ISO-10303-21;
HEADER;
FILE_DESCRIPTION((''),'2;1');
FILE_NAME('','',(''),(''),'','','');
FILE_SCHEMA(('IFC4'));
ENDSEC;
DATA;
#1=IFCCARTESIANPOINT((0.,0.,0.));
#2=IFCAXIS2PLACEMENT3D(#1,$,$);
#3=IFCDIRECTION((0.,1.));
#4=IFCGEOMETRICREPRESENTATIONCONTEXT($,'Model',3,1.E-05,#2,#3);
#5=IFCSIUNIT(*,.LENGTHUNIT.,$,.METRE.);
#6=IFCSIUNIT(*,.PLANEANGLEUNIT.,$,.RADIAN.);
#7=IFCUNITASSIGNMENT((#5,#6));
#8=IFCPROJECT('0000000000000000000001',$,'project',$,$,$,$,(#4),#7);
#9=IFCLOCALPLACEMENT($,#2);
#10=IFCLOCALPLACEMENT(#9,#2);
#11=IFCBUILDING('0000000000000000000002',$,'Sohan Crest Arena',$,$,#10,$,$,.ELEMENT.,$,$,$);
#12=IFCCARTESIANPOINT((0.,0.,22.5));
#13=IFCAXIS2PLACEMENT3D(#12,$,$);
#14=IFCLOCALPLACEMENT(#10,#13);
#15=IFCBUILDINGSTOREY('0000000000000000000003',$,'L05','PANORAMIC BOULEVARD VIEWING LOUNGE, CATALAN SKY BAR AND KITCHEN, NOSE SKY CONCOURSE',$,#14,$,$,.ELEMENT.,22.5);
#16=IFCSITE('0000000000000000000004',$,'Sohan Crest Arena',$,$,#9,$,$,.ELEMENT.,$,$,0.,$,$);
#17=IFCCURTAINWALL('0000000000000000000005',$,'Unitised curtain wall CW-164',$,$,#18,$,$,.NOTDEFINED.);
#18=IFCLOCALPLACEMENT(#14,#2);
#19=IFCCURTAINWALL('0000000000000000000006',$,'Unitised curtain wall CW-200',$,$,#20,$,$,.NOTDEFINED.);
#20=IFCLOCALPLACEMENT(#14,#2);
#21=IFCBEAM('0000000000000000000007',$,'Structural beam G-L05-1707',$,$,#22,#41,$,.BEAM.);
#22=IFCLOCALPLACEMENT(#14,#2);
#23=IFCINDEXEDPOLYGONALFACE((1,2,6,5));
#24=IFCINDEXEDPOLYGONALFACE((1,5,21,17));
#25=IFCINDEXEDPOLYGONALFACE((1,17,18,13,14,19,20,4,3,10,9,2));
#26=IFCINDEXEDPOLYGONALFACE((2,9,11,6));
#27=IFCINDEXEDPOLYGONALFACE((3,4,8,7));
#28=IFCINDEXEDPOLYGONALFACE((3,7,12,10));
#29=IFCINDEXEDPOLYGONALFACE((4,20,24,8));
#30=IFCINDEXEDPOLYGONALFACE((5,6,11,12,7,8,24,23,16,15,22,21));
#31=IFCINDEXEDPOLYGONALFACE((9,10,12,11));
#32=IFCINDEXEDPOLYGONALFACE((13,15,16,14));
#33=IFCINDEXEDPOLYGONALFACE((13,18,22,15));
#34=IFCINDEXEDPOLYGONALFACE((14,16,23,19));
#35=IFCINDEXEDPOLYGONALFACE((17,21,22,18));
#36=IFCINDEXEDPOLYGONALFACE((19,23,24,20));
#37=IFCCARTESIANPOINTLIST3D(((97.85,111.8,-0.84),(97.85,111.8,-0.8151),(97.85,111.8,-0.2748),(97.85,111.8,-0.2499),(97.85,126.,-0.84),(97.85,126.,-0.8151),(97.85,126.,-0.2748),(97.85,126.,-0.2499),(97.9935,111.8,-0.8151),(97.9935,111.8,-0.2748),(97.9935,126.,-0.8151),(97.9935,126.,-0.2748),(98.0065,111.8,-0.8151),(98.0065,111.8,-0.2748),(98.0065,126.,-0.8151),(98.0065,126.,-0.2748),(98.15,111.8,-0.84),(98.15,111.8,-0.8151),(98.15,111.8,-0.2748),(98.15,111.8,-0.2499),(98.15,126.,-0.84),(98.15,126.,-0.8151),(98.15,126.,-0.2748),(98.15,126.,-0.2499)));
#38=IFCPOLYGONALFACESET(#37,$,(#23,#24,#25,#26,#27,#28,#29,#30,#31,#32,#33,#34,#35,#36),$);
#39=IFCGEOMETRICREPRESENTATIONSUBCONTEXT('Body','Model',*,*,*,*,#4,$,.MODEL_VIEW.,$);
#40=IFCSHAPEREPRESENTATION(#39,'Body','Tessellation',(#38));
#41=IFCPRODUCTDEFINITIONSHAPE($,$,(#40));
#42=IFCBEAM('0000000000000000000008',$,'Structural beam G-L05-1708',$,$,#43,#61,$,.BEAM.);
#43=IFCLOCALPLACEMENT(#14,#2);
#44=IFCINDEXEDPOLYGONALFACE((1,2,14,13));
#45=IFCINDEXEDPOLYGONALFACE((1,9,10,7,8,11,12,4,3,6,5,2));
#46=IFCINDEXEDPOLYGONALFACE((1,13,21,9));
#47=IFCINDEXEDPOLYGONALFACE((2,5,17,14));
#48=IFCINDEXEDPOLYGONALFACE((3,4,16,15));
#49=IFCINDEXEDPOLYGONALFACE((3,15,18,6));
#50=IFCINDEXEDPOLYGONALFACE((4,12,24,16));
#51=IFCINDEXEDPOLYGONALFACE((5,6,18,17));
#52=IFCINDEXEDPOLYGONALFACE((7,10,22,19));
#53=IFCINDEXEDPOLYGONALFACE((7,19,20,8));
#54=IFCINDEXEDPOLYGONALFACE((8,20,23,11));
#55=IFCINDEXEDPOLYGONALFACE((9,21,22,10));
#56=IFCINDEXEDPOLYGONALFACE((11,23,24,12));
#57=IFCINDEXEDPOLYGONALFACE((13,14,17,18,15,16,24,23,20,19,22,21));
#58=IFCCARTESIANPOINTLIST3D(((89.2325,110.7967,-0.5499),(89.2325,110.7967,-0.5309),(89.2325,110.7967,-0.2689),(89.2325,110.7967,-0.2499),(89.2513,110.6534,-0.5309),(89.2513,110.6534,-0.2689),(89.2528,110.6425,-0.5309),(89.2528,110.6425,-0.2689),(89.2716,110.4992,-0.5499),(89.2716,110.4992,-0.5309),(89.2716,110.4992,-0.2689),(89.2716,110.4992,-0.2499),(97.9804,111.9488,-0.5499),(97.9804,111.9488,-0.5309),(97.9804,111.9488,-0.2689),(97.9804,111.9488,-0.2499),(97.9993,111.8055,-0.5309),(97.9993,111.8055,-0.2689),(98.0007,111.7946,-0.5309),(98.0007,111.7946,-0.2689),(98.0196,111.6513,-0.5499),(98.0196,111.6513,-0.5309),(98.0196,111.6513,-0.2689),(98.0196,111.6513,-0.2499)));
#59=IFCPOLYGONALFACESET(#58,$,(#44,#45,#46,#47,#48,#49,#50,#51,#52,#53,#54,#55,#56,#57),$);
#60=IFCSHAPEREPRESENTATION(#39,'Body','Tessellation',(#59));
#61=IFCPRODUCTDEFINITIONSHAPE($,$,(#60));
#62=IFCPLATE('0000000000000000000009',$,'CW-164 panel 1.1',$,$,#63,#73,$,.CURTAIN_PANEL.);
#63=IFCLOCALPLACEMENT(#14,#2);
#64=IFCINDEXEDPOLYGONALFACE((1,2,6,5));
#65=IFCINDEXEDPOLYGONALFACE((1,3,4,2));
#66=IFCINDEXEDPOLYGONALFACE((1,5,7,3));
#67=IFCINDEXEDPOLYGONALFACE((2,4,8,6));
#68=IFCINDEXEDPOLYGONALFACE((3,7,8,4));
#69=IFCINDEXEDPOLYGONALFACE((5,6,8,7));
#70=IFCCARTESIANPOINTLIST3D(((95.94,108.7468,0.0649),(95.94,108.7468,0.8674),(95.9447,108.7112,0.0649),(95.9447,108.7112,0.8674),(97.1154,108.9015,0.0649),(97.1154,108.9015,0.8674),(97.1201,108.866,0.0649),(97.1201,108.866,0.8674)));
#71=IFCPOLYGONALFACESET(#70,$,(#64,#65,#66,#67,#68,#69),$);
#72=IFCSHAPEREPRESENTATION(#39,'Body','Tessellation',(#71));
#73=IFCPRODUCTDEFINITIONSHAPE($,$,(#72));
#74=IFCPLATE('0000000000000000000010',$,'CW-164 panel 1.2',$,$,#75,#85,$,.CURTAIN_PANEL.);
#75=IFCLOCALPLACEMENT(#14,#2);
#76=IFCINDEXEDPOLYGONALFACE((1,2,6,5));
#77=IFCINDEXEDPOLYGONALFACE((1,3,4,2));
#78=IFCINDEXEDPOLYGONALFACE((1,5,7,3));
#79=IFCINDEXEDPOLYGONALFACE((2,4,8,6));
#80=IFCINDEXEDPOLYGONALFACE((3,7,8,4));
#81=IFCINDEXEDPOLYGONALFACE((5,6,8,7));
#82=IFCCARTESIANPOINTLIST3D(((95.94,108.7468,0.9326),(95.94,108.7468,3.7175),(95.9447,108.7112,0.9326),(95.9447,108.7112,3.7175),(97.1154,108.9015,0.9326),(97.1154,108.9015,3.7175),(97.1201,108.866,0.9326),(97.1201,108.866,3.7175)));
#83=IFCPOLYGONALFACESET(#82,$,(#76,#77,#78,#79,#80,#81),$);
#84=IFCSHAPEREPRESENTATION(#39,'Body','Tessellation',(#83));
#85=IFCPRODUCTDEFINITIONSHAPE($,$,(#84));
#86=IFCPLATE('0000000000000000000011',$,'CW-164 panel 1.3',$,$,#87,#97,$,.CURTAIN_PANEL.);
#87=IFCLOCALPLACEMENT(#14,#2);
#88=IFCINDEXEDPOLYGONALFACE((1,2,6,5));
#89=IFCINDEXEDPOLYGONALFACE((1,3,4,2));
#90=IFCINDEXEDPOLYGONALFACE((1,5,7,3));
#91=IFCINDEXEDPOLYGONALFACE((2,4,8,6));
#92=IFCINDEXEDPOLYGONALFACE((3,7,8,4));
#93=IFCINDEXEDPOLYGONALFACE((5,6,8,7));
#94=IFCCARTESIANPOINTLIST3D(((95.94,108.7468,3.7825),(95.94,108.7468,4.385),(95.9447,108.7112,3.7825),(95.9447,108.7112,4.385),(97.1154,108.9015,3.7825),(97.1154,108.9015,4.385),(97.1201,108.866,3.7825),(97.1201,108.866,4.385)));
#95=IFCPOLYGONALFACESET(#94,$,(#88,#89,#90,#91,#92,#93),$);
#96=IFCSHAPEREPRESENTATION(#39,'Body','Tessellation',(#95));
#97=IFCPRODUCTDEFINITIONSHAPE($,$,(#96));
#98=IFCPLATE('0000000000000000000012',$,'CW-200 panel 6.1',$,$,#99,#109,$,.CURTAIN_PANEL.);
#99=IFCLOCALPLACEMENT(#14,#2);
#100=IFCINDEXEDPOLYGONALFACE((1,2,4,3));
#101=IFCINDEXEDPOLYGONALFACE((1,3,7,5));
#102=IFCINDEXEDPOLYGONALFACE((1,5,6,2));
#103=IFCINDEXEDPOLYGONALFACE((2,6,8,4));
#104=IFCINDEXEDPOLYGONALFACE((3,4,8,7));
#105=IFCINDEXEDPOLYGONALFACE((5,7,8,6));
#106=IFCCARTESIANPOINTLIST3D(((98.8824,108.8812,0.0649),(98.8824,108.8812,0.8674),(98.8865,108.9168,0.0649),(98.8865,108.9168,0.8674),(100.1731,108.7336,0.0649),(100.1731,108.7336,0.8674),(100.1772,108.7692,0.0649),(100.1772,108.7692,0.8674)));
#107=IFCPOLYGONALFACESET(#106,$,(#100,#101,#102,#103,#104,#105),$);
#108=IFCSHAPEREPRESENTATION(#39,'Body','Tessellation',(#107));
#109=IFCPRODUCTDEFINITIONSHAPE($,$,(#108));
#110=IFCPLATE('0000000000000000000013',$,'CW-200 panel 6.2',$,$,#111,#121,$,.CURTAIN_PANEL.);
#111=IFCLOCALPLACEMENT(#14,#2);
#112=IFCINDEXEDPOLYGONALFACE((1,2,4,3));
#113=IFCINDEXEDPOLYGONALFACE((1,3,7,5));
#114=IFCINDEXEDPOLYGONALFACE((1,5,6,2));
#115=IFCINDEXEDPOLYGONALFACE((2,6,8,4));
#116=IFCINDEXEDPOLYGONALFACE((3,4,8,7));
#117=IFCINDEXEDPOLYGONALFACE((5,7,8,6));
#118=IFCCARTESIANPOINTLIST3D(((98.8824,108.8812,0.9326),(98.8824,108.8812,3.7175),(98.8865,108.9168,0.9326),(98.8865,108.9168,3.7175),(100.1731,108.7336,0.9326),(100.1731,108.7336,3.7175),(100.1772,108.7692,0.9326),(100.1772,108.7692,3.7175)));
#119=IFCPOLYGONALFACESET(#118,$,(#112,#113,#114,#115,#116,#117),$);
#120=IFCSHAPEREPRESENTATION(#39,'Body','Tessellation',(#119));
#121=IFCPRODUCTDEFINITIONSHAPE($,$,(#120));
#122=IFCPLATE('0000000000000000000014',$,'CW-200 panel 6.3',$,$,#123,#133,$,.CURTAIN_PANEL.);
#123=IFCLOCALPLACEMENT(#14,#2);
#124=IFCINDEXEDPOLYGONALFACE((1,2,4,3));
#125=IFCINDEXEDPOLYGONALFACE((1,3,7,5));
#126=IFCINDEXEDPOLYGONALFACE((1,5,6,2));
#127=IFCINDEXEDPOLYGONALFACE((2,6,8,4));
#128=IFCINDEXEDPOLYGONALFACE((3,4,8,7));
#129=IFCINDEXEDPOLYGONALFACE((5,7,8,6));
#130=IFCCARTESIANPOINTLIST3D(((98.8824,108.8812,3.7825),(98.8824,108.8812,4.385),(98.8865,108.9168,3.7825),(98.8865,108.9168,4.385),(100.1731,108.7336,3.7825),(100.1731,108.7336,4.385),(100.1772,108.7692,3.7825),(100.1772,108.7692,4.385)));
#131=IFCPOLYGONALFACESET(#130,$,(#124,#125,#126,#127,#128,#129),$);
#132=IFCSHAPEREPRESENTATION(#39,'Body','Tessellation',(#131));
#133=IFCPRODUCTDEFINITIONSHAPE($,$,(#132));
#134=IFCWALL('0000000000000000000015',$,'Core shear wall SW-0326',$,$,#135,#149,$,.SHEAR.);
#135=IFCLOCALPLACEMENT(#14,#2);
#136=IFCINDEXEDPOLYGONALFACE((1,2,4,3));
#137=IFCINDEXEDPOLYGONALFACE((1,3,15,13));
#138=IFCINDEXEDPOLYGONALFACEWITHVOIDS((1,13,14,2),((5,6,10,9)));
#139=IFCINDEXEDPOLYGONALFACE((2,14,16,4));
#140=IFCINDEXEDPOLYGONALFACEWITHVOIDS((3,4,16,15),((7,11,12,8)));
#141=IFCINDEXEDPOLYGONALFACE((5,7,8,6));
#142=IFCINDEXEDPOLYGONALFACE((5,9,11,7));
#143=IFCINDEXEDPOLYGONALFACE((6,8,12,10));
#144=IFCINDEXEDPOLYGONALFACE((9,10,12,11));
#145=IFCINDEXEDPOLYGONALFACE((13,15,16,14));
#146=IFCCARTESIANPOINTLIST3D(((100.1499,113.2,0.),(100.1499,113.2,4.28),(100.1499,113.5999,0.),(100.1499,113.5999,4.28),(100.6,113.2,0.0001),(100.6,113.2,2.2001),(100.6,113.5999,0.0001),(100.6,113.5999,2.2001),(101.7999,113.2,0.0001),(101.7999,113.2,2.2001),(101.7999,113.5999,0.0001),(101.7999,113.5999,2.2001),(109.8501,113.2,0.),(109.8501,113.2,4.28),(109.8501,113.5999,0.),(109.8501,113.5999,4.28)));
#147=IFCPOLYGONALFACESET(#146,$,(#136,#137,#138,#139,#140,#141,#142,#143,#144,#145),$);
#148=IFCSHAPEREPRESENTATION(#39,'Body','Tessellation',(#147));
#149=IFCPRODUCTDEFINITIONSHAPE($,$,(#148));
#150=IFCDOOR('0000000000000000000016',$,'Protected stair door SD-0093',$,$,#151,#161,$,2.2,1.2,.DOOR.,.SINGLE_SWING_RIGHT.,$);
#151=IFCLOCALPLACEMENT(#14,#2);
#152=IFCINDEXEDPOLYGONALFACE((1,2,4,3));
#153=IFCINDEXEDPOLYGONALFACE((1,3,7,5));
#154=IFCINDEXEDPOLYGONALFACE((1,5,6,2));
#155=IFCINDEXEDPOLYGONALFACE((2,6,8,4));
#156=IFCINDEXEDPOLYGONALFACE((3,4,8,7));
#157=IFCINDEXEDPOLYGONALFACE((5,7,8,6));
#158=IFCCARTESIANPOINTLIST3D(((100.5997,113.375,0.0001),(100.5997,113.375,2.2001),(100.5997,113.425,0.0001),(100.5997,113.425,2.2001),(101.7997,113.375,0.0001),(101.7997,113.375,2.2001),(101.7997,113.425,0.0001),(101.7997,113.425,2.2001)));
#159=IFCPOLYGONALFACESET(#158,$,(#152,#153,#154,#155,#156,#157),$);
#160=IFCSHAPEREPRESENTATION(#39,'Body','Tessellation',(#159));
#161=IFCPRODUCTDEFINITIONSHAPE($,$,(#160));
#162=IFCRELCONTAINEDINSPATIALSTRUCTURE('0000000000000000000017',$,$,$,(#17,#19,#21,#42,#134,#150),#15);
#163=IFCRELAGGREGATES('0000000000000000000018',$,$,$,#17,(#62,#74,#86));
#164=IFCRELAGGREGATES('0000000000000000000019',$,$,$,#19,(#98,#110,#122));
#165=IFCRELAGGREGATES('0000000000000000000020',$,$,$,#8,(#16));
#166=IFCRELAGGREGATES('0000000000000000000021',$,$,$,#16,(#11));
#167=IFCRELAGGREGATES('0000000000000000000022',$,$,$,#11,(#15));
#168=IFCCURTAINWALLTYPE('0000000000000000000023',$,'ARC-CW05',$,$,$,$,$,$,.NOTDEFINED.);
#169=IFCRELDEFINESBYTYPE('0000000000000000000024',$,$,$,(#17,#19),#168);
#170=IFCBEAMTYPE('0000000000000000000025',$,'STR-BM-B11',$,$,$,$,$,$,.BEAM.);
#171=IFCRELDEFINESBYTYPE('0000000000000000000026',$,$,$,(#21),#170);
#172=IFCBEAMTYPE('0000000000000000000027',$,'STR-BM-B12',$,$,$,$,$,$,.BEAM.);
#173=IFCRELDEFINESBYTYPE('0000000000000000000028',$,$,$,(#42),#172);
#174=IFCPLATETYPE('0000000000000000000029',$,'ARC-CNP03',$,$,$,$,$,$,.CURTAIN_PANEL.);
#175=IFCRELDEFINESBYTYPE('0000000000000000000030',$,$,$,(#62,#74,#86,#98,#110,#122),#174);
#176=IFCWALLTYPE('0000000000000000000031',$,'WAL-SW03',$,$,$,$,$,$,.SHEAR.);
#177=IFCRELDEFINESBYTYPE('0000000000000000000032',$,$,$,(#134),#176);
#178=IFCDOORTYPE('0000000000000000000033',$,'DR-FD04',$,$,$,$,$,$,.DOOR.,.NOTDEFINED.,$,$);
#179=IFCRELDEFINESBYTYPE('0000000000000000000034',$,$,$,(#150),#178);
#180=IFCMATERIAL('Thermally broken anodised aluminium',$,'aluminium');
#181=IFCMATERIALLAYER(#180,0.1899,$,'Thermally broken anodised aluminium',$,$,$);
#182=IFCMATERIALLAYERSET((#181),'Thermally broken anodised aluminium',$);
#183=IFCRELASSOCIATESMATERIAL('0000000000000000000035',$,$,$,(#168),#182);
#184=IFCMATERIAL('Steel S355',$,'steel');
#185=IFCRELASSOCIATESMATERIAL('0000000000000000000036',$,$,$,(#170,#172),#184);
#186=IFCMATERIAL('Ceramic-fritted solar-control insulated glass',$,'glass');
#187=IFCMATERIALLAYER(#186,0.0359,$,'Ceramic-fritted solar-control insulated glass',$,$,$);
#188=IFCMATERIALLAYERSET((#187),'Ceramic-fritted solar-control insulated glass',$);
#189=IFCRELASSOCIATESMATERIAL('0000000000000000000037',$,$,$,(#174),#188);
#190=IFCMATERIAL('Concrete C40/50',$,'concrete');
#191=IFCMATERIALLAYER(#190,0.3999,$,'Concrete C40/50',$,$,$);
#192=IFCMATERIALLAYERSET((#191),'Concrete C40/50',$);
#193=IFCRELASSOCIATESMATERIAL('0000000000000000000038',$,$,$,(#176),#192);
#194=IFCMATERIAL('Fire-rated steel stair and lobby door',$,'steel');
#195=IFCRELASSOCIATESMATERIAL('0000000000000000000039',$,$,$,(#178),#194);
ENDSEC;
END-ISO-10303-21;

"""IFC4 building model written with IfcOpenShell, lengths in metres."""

from ifc_helpers import new_model, si_unit, direction, frame, frame_2d, origin, origin_2d, place, context, subcontext, project, spatial, rectangle, i_section, extrude, material, layer, layer_set, material_profile, profile_set, type_object, element, fill, aggregate, save


model = new_model("IFC4")

# Units and contexts
model_context = context("Model", 3, precision=1e-05, world=origin(), true_north=direction((0.0, 1.0)))
body_context = subcontext(model_context, "Body", "Model", "MODEL_VIEW")
ifc_project = project(units=[si_unit("LENGTHUNIT", "METRE"), si_unit("PLANEANGLEUNIT", "RADIAN")], contexts=[model_context])

# Site, building, storey
site_placement = place(None, origin())
site = spatial("IfcSite", under=ifc_project, at=site_placement, Name="Sohan Crest Arena", CompositionType="ELEMENT", RefElevation=0.0)
building_placement = place(site_placement, origin())
building = spatial("IfcBuilding", under=site, at=building_placement, Name="Sohan Crest Arena", CompositionType="ELEMENT")
storey_placement = place(building_placement, frame((0.0, 0.0, 22.5)))
storey = spatial("IfcBuildingStorey", under=building, at=storey_placement, Name="L05", Description="PANORAMIC BOULEVARD VIEWING LOUNGE, CATALAN SKY BAR AND KITCHEN, NOSE SKY CONCOURSE", CompositionType="ELEMENT", Elevation=22.5)

# Shared definitions
ifc_material_1 = material(Name="Concrete C40/50", Category="concrete")
ifc_material_2 = material(Name="Steel S355", Category="steel")

# Curtain wall
ifc_material_3 = material(Name="Thermally broken anodised aluminium", Category="aluminium")
ifc_layer_1 = layer(ifc_material_3, 0.1899, Name="Thermally broken anodised aluminium")
ifc_layer_set_1 = layer_set([ifc_layer_1], Name="Thermally broken anodised aluminium")
curtain_wall_type = type_object("IfcCurtainWallType", Name="ARC-CW05", PredefinedType="NOTDEFINED", material=ifc_layer_set_1)
curtain_wall_1_placement = place(storey_placement, origin())
curtain_wall_1 = element("IfcCurtainWall", 1, at=curtain_wall_1_placement, inside=storey, type_object=curtain_wall_type, Name="Unitised curtain wall CW-164", PredefinedType="NOTDEFINED")

# Curtain wall
curtain_wall_2_placement = place(storey_placement, origin())
curtain_wall_2 = element("IfcCurtainWall", 2, at=curtain_wall_2_placement, inside=storey, type_object=curtain_wall_type, Name="Unitised curtain wall CW-200", PredefinedType="NOTDEFINED")

# Beams
ifc_material_profile_1 = material_profile(ifc_material_2, i_section(OverallWidth=0.3, OverallDepth=0.5901, WebThickness=0.0129, FlangeThickness=0.0249, at=origin_2d()), Name="HEA 600")
ifc_profile_set_1 = profile_set([ifc_material_profile_1], Name="Steel S355")
beam_type_1 = type_object("IfcBeamType", Name="STR-BM-B11", PredefinedType="BEAM", material=ifc_profile_set_1)
beam_1_placement = place(storey_placement, frame((98.0, 111.8, -0.5449), z_axis=(0.0, 1.0, 0.0), x_axis=(-1.0, 0.0, 0.0)))
element("IfcBeam", 3, at=beam_1_placement, inside=storey, type_object=beam_type_1, Name="Structural beam G-L05-1707", PredefinedType="BEAM", context=body_context, shape_type="SweptSolid", body=[
    extrude(i_section(OverallWidth=0.3, OverallDepth=0.5901, WebThickness=0.0129, FlangeThickness=0.0249, at=origin_2d()), origin(), (0.0, 0.0, 1.0), 14.2),
])
ifc_material_profile_2 = material_profile(ifc_material_2, i_section(OverallWidth=0.3, OverallDepth=0.3, WebThickness=0.011, FlangeThickness=0.019, at=origin_2d()), Name="HEB 300")
ifc_profile_set_2 = profile_set([ifc_material_profile_2], Name="Steel S355")
beam_type_2 = type_object("IfcBeamType", Name="STR-BM-B12", PredefinedType="BEAM", material=ifc_profile_set_2)
beam_2_placement = place(storey_placement, frame((98.0, 111.8, -0.3999), z_axis=(-0.991439, -0.13057, 0.0), x_axis=(0.13057, -0.991439, 0.0)))
element("IfcBeam", 4, at=beam_2_placement, inside=storey, type_object=beam_type_2, Name="Structural beam G-L05-1708", PredefinedType="BEAM", context=body_context, shape_type="SweptSolid", body=[
    extrude(i_section(OverallWidth=0.3, OverallDepth=0.3, WebThickness=0.011, FlangeThickness=0.019, at=origin_2d()), origin(), (0.0, 0.0, 1.0), 8.8235),
])

# Plates
ifc_material_4 = material(Name="Ceramic-fritted solar-control insulated glass", Category="glass")
ifc_layer_2 = layer(ifc_material_4, 0.0359, Name="Ceramic-fritted solar-control insulated glass")
ifc_layer_set_2 = layer_set([ifc_layer_2], Name="Ceramic-fritted solar-control insulated glass")
plate_type = type_object("IfcPlateType", Name="ARC-CNP03", PredefinedType="CURTAIN_PANEL", material=ifc_layer_set_2)
plate_1_placement = place(storey_placement, frame((96.53, 108.8064, 0.0649), z_axis=(0.0, 0.0, 1.0), x_axis=(-0.991448, -0.130499, 0.0)))
plate_1 = element("IfcPlate", 5, at=plate_1_placement, type_object=plate_type, Name="CW-164 panel 1.1", PredefinedType="CURTAIN_PANEL", context=body_context, shape_type="SweptSolid", body=[
    extrude(rectangle(XDim=1.1855, YDim=0.0359, at=origin_2d()), origin(), (0.0, 0.0, 1.0), 0.8025),
])
plate_2_placement = place(storey_placement, frame((96.53, 108.8064, 0.9326), z_axis=(0.0, 0.0, 1.0), x_axis=(-0.991448, -0.130499, 0.0)))
plate_2 = element("IfcPlate", 6, at=plate_2_placement, type_object=plate_type, Name="CW-164 panel 1.2", PredefinedType="CURTAIN_PANEL", context=body_context, shape_type="SweptSolid", body=[
    extrude(rectangle(XDim=1.1855, YDim=0.0359, at=origin_2d()), origin(), (0.0, 0.0, 1.0), 2.7849),
])
plate_3_placement = place(storey_placement, frame((96.53, 108.8064, 3.7825), z_axis=(0.0, 0.0, 1.0), x_axis=(-0.991448, -0.130499, 0.0)))
plate_3 = element("IfcPlate", 7, at=plate_3_placement, type_object=plate_type, Name="CW-164 panel 1.3", PredefinedType="CURTAIN_PANEL", context=body_context, shape_type="SweptSolid", body=[
    extrude(rectangle(XDim=1.1855, YDim=0.0359, at=origin_2d()), origin(), (0.0, 0.0, 1.0), 0.6025),
])
aggregate(curtain_wall_1, [plate_1, plate_2, plate_3])
plate_4_placement = place(storey_placement, frame((99.5298, 108.8252, 0.0649), z_axis=(0.0, 0.0, 1.0), x_axis=(-0.993527, 0.113597, 0.0)))
plate_4 = element("IfcPlate", 8, at=plate_4_placement, type_object=plate_type, Name="CW-200 panel 6.1", PredefinedType="CURTAIN_PANEL", context=body_context, shape_type="SweptSolid", body=[
    extrude(rectangle(XDim=1.2991, YDim=0.0359, at=origin_2d()), origin(), (0.0, 0.0, 1.0), 0.8025),
])
plate_5_placement = place(storey_placement, frame((99.5298, 108.8252, 0.9326), z_axis=(0.0, 0.0, 1.0), x_axis=(-0.993527, 0.113597, 0.0)))
plate_5 = element("IfcPlate", 9, at=plate_5_placement, type_object=plate_type, Name="CW-200 panel 6.2", PredefinedType="CURTAIN_PANEL", context=body_context, shape_type="SweptSolid", body=[
    extrude(rectangle(XDim=1.2991, YDim=0.0359, at=origin_2d()), origin(), (0.0, 0.0, 1.0), 2.7849),
])
plate_6_placement = place(storey_placement, frame((99.5298, 108.8252, 3.7825), z_axis=(0.0, 0.0, 1.0), x_axis=(-0.993527, 0.113597, 0.0)))
plate_6 = element("IfcPlate", 10, at=plate_6_placement, type_object=plate_type, Name="CW-200 panel 6.3", PredefinedType="CURTAIN_PANEL", context=body_context, shape_type="SweptSolid", body=[
    extrude(rectangle(XDim=1.2991, YDim=0.0359, at=origin_2d()), origin(), (0.0, 0.0, 1.0), 0.6025),
])
aggregate(curtain_wall_2, [plate_4, plate_5, plate_6])

# Wall, opening, door
ifc_layer_3 = layer(ifc_material_1, 0.3999, Name="Concrete C40/50")
ifc_layer_set_3 = layer_set([ifc_layer_3], Name="Concrete C40/50")
wall_type = type_object("IfcWallType", Name="WAL-SW03", PredefinedType="SHEAR", material=ifc_layer_set_3)
wall_placement = place(storey_placement, frame((100.1499, 113.3999, 0.0), z_axis=(0.0, 0.0, 1.0), x_axis=(1.0, 0.0, 0.0)))
wall = element("IfcWall", 11, at=wall_placement, inside=storey, type_object=wall_type, Name="Core shear wall SW-0326", PredefinedType="SHEAR", context=body_context, shape_type="SweptSolid", body=[
    extrude(rectangle(XDim=9.7002, YDim=0.3999, at=frame_2d((4.8501, 0.0))), origin(), (0.0, 0.0, 1.0), 4.28),
])
opening_placement = place(wall_placement, frame((0.45, 0.0, 0.0)))
opening = element("IfcOpeningElement", 12, at=opening_placement, cuts=wall, PredefinedType="OPENING", context=body_context, shape_type="SweptSolid", body=[
    extrude(rectangle(XDim=1.2, YDim=2.2, at=frame_2d((0.6001, 1.1001))), frame((0.0, 0.21, 0.0), z_axis=(0.0, -1.0, 0.0), x_axis=(1.0, 0.0, 0.0)), (0.0, 0.0, 1.0), 0.4199),
])
ifc_material_5 = material(Name="Fire-rated steel stair and lobby door", Category="steel")
door_type = type_object("IfcDoorType", Name="DR-FD04", OperationType="NOTDEFINED", PredefinedType="DOOR", material=ifc_material_5)
door_placement = place(opening_placement, frame((1.2, 0.0, 0.0), z_axis=(0.0, 0.0, 1.0), x_axis=(-1.0, 0.0, 0.0)))
door = element("IfcDoor", 13, at=door_placement, inside=storey, type_object=door_type, Name="Protected stair door SD-0093", OperationType="SINGLE_SWING_RIGHT", OverallHeight=2.2, OverallWidth=1.2, PredefinedType="DOOR", context=body_context, shape_type="SweptSolid", body=[
    extrude(rectangle(XDim=1.2, YDim=2.2, at=frame_2d((0.6001, 1.1001))), frame((0.0, 0.0249, 0.0), z_axis=(0.0, -1.0, 0.0), x_axis=(1.0, 0.0, 0.0)), (0.0, 0.0, 1.0), 0.05),
])
fill(opening, door)

save(model, "model.ifc")
